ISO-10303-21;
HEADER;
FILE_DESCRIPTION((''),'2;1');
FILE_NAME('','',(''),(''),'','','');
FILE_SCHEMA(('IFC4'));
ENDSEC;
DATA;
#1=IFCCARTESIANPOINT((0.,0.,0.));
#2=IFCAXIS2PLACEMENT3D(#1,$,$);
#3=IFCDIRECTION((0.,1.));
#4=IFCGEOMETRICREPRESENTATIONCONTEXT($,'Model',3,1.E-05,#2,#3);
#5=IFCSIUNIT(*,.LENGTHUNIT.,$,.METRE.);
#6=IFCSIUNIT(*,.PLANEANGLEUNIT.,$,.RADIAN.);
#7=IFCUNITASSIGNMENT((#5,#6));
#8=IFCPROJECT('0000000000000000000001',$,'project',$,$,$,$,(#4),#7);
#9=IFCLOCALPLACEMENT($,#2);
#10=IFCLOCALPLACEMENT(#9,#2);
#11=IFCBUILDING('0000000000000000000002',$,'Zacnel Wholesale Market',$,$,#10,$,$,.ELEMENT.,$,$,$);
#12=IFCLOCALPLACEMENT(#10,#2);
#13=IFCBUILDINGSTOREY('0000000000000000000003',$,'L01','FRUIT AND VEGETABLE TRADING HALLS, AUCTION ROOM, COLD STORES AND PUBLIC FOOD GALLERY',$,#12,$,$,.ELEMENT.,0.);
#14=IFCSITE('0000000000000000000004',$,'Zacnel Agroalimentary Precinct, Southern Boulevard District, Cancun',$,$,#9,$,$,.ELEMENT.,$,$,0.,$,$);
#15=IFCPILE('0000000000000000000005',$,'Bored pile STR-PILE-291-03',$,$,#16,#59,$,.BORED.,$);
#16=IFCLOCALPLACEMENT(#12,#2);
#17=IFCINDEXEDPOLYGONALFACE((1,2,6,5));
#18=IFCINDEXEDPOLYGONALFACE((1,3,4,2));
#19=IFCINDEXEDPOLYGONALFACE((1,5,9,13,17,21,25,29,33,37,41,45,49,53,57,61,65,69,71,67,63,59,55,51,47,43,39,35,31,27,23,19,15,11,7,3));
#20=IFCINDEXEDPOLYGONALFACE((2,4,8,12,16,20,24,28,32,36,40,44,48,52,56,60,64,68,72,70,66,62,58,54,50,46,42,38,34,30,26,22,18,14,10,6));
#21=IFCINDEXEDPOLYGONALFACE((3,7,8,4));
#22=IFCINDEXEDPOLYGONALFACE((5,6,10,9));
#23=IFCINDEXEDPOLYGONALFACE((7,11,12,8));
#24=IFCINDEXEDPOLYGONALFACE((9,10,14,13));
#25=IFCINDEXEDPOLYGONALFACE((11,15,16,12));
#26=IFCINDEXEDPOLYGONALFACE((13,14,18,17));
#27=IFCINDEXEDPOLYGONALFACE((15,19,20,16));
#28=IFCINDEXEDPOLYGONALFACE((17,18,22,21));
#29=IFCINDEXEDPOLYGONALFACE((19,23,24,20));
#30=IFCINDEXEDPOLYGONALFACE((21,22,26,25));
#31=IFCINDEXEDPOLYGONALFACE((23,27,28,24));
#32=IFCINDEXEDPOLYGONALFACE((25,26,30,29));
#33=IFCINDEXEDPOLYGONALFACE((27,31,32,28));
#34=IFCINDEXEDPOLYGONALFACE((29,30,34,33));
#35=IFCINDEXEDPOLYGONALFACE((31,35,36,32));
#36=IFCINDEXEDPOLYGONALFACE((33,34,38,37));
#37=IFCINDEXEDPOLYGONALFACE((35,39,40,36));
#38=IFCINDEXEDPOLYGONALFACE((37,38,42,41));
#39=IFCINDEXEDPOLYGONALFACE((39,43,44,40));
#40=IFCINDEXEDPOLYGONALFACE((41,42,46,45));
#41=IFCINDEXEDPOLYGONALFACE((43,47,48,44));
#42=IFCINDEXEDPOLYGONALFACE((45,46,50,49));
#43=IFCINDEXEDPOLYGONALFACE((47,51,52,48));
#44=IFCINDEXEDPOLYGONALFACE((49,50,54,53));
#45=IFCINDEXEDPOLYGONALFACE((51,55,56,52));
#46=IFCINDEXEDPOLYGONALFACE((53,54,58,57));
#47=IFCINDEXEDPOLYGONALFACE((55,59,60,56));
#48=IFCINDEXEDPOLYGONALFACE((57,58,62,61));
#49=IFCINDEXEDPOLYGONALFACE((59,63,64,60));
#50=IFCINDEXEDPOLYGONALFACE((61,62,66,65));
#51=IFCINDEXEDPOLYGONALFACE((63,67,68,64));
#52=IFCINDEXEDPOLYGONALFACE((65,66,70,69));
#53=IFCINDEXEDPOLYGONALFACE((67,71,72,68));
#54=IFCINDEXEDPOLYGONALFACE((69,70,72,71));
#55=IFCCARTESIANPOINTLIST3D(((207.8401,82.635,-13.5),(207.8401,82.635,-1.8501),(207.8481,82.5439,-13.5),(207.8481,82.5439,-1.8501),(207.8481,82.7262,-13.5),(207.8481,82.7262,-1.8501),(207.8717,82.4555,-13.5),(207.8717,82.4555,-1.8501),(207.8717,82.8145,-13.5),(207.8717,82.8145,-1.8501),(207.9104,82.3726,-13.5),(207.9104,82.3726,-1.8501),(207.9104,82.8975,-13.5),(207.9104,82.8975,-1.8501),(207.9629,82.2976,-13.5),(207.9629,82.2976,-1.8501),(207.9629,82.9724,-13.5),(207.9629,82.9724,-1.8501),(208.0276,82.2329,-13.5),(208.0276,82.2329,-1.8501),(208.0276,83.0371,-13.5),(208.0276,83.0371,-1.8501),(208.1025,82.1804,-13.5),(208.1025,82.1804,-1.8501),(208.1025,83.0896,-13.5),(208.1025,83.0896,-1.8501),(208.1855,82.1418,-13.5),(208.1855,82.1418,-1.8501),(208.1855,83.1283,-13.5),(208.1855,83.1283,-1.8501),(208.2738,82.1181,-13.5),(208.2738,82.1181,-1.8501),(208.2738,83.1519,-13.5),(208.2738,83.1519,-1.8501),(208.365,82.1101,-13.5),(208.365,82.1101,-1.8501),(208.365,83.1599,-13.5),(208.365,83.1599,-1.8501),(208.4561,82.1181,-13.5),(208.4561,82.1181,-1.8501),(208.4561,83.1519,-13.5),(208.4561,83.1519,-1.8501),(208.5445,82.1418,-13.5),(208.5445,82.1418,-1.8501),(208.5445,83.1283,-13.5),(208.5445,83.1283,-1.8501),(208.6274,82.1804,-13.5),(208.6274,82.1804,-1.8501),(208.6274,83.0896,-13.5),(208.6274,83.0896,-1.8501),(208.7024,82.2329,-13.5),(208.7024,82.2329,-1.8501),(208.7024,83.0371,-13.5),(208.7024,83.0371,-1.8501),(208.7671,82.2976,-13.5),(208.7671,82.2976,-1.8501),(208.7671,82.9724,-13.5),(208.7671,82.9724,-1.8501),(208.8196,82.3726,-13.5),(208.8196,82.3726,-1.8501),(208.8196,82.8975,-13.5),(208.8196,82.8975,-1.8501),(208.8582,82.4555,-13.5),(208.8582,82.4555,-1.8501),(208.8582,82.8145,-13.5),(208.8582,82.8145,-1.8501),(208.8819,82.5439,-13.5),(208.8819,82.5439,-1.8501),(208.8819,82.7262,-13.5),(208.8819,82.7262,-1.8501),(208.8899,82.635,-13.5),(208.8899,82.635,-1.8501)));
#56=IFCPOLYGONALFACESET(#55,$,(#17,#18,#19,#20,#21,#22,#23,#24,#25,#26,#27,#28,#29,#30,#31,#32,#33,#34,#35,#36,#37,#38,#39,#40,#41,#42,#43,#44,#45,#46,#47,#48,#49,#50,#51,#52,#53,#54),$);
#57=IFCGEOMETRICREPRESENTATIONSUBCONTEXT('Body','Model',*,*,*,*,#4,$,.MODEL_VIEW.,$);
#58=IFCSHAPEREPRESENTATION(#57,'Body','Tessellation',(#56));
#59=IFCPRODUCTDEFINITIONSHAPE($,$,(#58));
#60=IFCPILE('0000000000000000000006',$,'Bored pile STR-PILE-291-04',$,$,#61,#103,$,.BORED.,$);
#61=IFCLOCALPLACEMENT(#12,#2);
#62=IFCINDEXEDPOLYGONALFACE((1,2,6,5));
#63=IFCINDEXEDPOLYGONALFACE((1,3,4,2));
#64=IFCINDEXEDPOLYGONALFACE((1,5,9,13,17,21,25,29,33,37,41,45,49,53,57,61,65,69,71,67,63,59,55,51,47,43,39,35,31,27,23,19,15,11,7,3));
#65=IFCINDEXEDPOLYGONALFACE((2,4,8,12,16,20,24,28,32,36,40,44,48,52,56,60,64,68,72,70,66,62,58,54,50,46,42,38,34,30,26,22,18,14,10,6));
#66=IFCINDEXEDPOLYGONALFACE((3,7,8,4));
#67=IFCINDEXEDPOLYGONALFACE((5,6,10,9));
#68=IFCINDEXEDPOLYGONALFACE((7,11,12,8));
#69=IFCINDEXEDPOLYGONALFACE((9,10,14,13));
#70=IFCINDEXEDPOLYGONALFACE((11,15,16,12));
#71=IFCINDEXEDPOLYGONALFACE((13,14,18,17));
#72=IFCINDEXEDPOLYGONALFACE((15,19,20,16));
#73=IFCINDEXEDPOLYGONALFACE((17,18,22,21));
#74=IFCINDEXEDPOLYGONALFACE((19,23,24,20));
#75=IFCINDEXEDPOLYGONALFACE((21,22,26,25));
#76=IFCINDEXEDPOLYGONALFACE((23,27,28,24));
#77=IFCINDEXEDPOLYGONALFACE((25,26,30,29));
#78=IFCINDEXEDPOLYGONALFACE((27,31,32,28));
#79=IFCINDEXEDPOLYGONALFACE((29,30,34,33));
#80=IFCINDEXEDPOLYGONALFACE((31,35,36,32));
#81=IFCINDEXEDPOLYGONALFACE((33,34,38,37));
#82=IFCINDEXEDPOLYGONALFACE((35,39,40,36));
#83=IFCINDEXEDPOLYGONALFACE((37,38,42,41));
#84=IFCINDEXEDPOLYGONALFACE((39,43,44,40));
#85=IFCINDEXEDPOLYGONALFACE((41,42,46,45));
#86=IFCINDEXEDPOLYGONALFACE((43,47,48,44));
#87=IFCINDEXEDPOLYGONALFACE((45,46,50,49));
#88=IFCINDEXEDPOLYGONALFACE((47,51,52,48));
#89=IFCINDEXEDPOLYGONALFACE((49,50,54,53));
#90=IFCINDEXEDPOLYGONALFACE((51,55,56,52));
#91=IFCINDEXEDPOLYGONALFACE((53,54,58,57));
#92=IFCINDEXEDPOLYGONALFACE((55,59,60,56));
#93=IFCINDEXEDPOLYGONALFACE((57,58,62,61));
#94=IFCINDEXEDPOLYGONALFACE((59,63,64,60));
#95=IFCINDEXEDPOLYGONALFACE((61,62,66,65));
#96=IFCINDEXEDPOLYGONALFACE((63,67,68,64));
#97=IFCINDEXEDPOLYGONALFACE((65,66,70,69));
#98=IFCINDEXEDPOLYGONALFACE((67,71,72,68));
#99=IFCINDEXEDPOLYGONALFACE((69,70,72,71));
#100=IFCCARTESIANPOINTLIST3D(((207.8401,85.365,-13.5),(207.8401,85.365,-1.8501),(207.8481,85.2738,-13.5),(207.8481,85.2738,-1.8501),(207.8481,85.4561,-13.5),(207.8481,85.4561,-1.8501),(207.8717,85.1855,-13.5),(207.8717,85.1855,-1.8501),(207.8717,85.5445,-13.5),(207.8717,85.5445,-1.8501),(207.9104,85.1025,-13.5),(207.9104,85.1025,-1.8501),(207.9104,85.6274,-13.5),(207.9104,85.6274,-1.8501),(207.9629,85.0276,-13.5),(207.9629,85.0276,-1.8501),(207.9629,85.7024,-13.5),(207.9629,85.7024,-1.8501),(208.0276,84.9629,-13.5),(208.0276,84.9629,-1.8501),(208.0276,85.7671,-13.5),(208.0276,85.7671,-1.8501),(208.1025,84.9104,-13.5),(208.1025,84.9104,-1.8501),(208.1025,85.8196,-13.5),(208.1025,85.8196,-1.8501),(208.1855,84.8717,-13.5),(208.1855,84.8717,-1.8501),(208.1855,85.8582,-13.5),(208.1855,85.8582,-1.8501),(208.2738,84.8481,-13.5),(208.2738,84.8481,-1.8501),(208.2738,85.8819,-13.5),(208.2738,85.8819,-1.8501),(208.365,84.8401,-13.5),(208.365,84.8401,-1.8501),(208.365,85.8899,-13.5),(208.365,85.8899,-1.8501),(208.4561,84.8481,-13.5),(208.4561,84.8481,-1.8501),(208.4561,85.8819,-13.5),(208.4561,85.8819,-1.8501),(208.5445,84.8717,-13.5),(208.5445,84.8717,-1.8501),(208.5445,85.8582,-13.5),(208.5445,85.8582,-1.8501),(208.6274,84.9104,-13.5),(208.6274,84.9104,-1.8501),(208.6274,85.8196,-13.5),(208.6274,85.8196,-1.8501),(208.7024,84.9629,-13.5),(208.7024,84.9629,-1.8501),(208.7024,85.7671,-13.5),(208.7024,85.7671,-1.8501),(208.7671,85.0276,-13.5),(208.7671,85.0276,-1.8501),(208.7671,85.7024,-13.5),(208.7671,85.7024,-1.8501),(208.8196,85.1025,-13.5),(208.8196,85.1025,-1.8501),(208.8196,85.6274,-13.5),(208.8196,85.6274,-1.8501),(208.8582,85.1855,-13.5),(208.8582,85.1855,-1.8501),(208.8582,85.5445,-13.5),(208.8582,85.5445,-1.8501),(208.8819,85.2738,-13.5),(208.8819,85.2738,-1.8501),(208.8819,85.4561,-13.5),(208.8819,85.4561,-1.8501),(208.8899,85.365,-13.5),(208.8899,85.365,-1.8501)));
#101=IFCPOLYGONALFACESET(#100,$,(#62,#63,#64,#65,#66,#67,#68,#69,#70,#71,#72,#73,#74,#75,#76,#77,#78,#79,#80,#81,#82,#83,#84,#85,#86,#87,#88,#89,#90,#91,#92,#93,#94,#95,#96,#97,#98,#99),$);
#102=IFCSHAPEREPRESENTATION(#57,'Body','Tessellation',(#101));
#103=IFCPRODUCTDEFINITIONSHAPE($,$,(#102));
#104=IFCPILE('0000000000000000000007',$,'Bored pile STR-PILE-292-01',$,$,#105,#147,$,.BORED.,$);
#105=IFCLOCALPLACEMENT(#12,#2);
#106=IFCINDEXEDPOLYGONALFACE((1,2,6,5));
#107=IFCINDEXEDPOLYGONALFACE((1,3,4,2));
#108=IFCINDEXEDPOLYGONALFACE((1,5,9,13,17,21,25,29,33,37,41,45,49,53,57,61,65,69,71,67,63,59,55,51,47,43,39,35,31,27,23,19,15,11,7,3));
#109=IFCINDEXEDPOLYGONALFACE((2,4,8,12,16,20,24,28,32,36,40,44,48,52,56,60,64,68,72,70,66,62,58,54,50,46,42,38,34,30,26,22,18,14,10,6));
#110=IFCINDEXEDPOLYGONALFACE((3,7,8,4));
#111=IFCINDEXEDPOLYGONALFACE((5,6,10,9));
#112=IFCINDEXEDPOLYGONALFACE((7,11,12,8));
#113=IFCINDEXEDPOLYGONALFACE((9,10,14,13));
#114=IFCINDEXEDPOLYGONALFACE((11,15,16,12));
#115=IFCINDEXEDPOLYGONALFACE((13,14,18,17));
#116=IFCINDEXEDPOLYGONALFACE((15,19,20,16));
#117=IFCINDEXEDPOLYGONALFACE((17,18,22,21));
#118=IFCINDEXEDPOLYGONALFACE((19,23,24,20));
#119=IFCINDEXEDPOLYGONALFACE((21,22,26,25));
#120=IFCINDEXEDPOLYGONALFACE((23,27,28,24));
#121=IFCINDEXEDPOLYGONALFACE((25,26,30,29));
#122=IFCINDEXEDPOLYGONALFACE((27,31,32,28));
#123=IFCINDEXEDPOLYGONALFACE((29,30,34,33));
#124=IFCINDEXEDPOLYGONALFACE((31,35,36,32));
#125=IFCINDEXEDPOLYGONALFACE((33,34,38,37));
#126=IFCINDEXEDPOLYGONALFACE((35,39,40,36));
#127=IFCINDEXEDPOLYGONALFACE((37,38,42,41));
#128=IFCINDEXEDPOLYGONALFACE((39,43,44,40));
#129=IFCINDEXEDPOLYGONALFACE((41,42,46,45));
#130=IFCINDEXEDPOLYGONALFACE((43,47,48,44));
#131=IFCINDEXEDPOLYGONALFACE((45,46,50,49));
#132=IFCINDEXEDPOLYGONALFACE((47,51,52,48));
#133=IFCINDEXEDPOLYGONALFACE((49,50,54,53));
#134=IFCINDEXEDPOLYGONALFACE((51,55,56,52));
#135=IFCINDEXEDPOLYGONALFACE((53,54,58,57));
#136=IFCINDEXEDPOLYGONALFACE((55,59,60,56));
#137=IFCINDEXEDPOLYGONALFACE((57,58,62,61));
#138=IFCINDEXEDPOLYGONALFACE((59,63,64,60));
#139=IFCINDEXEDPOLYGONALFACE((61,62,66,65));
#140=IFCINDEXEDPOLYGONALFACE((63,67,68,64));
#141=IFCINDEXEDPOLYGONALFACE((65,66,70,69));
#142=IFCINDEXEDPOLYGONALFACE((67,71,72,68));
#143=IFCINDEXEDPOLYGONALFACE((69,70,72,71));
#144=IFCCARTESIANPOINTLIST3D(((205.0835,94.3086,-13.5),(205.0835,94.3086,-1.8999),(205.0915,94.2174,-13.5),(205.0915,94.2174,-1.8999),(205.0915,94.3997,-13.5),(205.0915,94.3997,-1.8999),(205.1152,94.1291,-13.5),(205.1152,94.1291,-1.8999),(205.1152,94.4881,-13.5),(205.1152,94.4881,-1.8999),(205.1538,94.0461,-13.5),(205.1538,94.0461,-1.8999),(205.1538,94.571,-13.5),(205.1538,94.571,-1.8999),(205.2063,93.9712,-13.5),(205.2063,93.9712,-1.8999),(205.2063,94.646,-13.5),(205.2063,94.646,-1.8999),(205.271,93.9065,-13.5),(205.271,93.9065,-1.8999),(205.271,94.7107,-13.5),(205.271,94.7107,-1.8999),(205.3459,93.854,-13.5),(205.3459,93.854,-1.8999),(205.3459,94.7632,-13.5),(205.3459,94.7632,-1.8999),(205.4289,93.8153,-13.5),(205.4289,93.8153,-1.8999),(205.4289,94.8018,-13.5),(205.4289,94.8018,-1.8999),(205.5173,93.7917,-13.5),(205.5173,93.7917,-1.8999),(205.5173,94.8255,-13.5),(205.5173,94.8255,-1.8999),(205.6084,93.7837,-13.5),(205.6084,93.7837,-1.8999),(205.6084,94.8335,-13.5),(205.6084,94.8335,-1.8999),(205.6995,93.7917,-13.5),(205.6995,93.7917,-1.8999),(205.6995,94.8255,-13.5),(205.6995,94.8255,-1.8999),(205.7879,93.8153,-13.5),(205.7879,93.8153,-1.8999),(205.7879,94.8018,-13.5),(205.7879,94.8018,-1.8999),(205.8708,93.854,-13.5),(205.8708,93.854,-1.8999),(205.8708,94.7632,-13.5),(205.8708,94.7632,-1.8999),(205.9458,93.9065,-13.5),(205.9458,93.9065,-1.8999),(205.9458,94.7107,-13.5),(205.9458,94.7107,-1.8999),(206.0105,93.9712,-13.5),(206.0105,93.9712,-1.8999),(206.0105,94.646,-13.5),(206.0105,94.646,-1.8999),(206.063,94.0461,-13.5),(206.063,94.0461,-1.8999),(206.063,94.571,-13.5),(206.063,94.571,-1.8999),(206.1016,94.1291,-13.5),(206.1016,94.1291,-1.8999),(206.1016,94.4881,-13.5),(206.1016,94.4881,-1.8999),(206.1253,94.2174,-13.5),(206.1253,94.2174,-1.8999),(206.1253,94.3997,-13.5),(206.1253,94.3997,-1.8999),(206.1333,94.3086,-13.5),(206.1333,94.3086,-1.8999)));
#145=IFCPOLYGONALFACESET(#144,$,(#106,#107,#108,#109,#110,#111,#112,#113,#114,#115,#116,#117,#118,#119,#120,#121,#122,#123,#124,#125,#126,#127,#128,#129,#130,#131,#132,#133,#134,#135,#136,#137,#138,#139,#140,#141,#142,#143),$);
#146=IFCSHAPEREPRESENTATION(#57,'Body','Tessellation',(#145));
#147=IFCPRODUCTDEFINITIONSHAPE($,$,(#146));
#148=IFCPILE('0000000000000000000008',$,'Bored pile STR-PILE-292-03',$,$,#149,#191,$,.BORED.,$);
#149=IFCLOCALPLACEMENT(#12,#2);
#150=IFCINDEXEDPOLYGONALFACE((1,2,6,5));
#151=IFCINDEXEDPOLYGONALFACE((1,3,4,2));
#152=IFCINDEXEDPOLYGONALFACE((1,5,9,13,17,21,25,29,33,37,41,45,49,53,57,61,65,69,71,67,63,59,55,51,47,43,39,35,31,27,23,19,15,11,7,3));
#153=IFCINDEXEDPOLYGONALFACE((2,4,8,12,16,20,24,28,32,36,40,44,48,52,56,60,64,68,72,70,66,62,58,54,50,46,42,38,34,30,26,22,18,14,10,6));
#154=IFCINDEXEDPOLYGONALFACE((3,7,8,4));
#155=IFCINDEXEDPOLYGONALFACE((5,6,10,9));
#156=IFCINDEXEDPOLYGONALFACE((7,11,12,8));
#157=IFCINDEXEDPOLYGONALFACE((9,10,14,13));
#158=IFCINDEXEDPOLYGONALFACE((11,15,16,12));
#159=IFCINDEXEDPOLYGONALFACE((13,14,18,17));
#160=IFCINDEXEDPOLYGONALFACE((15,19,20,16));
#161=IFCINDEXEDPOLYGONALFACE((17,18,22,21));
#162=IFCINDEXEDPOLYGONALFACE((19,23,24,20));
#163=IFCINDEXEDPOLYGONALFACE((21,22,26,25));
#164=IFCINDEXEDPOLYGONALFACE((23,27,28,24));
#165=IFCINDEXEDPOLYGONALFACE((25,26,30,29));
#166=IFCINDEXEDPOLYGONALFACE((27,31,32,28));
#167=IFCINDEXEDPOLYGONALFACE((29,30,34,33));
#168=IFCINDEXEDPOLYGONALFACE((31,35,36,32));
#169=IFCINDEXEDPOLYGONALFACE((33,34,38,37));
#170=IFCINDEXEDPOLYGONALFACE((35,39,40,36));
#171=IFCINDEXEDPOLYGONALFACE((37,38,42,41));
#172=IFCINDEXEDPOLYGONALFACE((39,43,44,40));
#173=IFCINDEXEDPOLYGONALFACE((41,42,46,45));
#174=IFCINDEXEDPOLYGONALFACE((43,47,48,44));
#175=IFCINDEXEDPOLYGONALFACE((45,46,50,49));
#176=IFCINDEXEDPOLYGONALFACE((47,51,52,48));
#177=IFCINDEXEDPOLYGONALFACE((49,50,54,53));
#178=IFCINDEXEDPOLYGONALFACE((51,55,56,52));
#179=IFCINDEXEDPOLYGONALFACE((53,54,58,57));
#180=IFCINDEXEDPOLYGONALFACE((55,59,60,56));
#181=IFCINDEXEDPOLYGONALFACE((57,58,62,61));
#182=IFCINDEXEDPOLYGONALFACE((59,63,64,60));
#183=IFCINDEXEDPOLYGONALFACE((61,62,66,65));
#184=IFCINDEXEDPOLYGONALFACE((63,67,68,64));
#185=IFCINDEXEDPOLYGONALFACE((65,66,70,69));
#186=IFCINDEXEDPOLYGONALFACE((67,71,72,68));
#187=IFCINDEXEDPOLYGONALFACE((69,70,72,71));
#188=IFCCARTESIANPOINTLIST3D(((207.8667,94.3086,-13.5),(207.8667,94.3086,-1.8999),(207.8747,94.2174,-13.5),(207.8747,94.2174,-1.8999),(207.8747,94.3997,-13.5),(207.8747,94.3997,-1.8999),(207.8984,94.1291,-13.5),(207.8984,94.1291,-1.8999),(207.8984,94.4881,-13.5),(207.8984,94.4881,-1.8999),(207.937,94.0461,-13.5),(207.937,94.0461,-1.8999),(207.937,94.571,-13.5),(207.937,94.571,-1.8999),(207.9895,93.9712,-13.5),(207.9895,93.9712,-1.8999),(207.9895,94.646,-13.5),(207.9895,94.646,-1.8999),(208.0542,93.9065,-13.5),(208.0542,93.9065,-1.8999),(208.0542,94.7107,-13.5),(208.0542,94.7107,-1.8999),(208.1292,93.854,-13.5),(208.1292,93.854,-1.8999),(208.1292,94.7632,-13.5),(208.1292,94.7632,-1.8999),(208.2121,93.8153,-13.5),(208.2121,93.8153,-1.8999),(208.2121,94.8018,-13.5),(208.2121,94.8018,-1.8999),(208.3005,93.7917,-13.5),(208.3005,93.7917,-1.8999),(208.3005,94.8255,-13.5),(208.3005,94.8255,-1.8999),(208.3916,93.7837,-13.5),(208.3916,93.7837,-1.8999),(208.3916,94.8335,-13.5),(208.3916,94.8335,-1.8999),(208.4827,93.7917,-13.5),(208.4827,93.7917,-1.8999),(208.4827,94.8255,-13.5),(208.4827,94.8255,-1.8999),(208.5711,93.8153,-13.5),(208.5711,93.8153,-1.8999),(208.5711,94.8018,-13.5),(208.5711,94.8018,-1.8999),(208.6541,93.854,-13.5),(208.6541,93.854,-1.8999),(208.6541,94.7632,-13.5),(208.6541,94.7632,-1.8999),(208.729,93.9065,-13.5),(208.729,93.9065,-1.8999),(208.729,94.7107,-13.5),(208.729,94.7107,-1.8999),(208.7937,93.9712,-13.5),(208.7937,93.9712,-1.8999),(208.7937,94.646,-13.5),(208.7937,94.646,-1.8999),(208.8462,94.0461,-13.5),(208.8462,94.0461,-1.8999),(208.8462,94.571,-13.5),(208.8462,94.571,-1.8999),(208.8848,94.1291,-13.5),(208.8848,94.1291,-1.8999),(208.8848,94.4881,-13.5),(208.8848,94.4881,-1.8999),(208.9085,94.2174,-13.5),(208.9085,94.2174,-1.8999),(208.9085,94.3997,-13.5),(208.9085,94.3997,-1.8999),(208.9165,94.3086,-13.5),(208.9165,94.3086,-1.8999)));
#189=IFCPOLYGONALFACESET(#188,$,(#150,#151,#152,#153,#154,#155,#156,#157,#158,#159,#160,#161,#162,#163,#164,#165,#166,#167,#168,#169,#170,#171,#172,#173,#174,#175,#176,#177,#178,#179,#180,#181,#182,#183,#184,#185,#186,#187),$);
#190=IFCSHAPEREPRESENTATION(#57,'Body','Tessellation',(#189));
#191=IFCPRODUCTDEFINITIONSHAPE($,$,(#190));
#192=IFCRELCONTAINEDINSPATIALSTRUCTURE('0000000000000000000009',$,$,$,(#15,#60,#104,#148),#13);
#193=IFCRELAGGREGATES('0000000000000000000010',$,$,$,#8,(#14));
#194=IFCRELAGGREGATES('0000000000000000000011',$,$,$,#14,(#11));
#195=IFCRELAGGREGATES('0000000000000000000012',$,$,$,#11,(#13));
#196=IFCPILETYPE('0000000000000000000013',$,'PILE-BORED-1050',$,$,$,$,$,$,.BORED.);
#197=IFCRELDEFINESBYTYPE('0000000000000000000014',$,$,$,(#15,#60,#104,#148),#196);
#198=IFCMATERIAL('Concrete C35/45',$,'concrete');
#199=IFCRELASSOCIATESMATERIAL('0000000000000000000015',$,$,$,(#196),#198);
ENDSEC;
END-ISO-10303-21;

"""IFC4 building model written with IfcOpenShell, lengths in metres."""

from ifc_helpers import new_model, si_unit, direction, frame, origin, origin_2d, place, context, subcontext, project, spatial, circle, extrude, material, material_profile, profile_set, type_object, element, save


model = new_model("IFC4")

# Units and contexts
model_context = context("Model", 3, precision=1e-05, world=origin(), true_north=direction((0.0, 1.0)))
body_context = subcontext(model_context, "Body", "Model", "MODEL_VIEW")
ifc_project = project(units=[si_unit("LENGTHUNIT", "METRE"), si_unit("PLANEANGLEUNIT", "RADIAN")], contexts=[model_context])

# Site, building, storey
site_placement = place(None, origin())
site = spatial("IfcSite", under=ifc_project, at=site_placement, Name="Zacnel Agroalimentary Precinct, Southern Boulevard District, Cancun", CompositionType="ELEMENT", RefElevation=0.0)
building_placement = place(site_placement, origin())
building = spatial("IfcBuilding", under=site, at=building_placement, Name="Zacnel Wholesale Market", CompositionType="ELEMENT")
storey_placement = place(building_placement, origin())
storey = spatial("IfcBuildingStorey", under=building, at=storey_placement, Name="L01", Description="FRUIT AND VEGETABLE TRADING HALLS, AUCTION ROOM, COLD STORES AND PUBLIC FOOD GALLERY", CompositionType="ELEMENT", Elevation=0.0)

# Piles
ifc_material_1 = material(Name="Concrete C35/45", Category="concrete")
ifc_material_profile_1 = material_profile(ifc_material_1, circle(Radius=0.5249, at=origin_2d()), Name="BORED PILE D1050")
ifc_profile_set_1 = profile_set([ifc_material_profile_1], Name="Concrete C35/45")
pile_type = type_object("IfcPileType", Name="PILE-BORED-1050", PredefinedType="BORED", material=ifc_profile_set_1)
for number, where, z_axis, x_axis, name in (
    (1, (208.365, 82.635, -1.8501), (0.0, 0.0, -1.0), (1.0, 0.0, 0.0), "Bored pile STR-PILE-291-03"),
    (2, (208.365, 85.365, -1.8501), (0.0, 0.0, -1.0), (1.0, 0.0, 0.0), "Bored pile STR-PILE-291-04"),
):
    element("IfcPile", number, at=place(storey_placement, frame(where, z_axis=z_axis, x_axis=x_axis)), inside=storey, type_object=pile_type, Name=name, PredefinedType="BORED", context=body_context, shape_type="SweptSolid", body=[
        extrude(circle(Radius=0.5249, at=origin_2d()), origin(), (0.0, 0.0, 1.0), 11.6499),
    ])
for number, where, z_axis, x_axis, name in (
    (3, (205.6084, 94.3086, -1.8999), (0.0, 0.0, -1.0), (1.0, 0.0, 0.0), "Bored pile STR-PILE-292-01"),
    (4, (208.3916, 94.3086, -1.8999), (0.0, 0.0, -1.0), (1.0, 0.0, 0.0), "Bored pile STR-PILE-292-03"),
):
    element("IfcPile", number, at=place(storey_placement, frame(where, z_axis=z_axis, x_axis=x_axis)), inside=storey, type_object=pile_type, Name=name, PredefinedType="BORED", context=body_context, shape_type="SweptSolid", body=[
        extrude(circle(Radius=0.5249, at=origin_2d()), origin(), (0.0, 0.0, 1.0), 11.6001),
    ])

save(model, "model.ifc")
